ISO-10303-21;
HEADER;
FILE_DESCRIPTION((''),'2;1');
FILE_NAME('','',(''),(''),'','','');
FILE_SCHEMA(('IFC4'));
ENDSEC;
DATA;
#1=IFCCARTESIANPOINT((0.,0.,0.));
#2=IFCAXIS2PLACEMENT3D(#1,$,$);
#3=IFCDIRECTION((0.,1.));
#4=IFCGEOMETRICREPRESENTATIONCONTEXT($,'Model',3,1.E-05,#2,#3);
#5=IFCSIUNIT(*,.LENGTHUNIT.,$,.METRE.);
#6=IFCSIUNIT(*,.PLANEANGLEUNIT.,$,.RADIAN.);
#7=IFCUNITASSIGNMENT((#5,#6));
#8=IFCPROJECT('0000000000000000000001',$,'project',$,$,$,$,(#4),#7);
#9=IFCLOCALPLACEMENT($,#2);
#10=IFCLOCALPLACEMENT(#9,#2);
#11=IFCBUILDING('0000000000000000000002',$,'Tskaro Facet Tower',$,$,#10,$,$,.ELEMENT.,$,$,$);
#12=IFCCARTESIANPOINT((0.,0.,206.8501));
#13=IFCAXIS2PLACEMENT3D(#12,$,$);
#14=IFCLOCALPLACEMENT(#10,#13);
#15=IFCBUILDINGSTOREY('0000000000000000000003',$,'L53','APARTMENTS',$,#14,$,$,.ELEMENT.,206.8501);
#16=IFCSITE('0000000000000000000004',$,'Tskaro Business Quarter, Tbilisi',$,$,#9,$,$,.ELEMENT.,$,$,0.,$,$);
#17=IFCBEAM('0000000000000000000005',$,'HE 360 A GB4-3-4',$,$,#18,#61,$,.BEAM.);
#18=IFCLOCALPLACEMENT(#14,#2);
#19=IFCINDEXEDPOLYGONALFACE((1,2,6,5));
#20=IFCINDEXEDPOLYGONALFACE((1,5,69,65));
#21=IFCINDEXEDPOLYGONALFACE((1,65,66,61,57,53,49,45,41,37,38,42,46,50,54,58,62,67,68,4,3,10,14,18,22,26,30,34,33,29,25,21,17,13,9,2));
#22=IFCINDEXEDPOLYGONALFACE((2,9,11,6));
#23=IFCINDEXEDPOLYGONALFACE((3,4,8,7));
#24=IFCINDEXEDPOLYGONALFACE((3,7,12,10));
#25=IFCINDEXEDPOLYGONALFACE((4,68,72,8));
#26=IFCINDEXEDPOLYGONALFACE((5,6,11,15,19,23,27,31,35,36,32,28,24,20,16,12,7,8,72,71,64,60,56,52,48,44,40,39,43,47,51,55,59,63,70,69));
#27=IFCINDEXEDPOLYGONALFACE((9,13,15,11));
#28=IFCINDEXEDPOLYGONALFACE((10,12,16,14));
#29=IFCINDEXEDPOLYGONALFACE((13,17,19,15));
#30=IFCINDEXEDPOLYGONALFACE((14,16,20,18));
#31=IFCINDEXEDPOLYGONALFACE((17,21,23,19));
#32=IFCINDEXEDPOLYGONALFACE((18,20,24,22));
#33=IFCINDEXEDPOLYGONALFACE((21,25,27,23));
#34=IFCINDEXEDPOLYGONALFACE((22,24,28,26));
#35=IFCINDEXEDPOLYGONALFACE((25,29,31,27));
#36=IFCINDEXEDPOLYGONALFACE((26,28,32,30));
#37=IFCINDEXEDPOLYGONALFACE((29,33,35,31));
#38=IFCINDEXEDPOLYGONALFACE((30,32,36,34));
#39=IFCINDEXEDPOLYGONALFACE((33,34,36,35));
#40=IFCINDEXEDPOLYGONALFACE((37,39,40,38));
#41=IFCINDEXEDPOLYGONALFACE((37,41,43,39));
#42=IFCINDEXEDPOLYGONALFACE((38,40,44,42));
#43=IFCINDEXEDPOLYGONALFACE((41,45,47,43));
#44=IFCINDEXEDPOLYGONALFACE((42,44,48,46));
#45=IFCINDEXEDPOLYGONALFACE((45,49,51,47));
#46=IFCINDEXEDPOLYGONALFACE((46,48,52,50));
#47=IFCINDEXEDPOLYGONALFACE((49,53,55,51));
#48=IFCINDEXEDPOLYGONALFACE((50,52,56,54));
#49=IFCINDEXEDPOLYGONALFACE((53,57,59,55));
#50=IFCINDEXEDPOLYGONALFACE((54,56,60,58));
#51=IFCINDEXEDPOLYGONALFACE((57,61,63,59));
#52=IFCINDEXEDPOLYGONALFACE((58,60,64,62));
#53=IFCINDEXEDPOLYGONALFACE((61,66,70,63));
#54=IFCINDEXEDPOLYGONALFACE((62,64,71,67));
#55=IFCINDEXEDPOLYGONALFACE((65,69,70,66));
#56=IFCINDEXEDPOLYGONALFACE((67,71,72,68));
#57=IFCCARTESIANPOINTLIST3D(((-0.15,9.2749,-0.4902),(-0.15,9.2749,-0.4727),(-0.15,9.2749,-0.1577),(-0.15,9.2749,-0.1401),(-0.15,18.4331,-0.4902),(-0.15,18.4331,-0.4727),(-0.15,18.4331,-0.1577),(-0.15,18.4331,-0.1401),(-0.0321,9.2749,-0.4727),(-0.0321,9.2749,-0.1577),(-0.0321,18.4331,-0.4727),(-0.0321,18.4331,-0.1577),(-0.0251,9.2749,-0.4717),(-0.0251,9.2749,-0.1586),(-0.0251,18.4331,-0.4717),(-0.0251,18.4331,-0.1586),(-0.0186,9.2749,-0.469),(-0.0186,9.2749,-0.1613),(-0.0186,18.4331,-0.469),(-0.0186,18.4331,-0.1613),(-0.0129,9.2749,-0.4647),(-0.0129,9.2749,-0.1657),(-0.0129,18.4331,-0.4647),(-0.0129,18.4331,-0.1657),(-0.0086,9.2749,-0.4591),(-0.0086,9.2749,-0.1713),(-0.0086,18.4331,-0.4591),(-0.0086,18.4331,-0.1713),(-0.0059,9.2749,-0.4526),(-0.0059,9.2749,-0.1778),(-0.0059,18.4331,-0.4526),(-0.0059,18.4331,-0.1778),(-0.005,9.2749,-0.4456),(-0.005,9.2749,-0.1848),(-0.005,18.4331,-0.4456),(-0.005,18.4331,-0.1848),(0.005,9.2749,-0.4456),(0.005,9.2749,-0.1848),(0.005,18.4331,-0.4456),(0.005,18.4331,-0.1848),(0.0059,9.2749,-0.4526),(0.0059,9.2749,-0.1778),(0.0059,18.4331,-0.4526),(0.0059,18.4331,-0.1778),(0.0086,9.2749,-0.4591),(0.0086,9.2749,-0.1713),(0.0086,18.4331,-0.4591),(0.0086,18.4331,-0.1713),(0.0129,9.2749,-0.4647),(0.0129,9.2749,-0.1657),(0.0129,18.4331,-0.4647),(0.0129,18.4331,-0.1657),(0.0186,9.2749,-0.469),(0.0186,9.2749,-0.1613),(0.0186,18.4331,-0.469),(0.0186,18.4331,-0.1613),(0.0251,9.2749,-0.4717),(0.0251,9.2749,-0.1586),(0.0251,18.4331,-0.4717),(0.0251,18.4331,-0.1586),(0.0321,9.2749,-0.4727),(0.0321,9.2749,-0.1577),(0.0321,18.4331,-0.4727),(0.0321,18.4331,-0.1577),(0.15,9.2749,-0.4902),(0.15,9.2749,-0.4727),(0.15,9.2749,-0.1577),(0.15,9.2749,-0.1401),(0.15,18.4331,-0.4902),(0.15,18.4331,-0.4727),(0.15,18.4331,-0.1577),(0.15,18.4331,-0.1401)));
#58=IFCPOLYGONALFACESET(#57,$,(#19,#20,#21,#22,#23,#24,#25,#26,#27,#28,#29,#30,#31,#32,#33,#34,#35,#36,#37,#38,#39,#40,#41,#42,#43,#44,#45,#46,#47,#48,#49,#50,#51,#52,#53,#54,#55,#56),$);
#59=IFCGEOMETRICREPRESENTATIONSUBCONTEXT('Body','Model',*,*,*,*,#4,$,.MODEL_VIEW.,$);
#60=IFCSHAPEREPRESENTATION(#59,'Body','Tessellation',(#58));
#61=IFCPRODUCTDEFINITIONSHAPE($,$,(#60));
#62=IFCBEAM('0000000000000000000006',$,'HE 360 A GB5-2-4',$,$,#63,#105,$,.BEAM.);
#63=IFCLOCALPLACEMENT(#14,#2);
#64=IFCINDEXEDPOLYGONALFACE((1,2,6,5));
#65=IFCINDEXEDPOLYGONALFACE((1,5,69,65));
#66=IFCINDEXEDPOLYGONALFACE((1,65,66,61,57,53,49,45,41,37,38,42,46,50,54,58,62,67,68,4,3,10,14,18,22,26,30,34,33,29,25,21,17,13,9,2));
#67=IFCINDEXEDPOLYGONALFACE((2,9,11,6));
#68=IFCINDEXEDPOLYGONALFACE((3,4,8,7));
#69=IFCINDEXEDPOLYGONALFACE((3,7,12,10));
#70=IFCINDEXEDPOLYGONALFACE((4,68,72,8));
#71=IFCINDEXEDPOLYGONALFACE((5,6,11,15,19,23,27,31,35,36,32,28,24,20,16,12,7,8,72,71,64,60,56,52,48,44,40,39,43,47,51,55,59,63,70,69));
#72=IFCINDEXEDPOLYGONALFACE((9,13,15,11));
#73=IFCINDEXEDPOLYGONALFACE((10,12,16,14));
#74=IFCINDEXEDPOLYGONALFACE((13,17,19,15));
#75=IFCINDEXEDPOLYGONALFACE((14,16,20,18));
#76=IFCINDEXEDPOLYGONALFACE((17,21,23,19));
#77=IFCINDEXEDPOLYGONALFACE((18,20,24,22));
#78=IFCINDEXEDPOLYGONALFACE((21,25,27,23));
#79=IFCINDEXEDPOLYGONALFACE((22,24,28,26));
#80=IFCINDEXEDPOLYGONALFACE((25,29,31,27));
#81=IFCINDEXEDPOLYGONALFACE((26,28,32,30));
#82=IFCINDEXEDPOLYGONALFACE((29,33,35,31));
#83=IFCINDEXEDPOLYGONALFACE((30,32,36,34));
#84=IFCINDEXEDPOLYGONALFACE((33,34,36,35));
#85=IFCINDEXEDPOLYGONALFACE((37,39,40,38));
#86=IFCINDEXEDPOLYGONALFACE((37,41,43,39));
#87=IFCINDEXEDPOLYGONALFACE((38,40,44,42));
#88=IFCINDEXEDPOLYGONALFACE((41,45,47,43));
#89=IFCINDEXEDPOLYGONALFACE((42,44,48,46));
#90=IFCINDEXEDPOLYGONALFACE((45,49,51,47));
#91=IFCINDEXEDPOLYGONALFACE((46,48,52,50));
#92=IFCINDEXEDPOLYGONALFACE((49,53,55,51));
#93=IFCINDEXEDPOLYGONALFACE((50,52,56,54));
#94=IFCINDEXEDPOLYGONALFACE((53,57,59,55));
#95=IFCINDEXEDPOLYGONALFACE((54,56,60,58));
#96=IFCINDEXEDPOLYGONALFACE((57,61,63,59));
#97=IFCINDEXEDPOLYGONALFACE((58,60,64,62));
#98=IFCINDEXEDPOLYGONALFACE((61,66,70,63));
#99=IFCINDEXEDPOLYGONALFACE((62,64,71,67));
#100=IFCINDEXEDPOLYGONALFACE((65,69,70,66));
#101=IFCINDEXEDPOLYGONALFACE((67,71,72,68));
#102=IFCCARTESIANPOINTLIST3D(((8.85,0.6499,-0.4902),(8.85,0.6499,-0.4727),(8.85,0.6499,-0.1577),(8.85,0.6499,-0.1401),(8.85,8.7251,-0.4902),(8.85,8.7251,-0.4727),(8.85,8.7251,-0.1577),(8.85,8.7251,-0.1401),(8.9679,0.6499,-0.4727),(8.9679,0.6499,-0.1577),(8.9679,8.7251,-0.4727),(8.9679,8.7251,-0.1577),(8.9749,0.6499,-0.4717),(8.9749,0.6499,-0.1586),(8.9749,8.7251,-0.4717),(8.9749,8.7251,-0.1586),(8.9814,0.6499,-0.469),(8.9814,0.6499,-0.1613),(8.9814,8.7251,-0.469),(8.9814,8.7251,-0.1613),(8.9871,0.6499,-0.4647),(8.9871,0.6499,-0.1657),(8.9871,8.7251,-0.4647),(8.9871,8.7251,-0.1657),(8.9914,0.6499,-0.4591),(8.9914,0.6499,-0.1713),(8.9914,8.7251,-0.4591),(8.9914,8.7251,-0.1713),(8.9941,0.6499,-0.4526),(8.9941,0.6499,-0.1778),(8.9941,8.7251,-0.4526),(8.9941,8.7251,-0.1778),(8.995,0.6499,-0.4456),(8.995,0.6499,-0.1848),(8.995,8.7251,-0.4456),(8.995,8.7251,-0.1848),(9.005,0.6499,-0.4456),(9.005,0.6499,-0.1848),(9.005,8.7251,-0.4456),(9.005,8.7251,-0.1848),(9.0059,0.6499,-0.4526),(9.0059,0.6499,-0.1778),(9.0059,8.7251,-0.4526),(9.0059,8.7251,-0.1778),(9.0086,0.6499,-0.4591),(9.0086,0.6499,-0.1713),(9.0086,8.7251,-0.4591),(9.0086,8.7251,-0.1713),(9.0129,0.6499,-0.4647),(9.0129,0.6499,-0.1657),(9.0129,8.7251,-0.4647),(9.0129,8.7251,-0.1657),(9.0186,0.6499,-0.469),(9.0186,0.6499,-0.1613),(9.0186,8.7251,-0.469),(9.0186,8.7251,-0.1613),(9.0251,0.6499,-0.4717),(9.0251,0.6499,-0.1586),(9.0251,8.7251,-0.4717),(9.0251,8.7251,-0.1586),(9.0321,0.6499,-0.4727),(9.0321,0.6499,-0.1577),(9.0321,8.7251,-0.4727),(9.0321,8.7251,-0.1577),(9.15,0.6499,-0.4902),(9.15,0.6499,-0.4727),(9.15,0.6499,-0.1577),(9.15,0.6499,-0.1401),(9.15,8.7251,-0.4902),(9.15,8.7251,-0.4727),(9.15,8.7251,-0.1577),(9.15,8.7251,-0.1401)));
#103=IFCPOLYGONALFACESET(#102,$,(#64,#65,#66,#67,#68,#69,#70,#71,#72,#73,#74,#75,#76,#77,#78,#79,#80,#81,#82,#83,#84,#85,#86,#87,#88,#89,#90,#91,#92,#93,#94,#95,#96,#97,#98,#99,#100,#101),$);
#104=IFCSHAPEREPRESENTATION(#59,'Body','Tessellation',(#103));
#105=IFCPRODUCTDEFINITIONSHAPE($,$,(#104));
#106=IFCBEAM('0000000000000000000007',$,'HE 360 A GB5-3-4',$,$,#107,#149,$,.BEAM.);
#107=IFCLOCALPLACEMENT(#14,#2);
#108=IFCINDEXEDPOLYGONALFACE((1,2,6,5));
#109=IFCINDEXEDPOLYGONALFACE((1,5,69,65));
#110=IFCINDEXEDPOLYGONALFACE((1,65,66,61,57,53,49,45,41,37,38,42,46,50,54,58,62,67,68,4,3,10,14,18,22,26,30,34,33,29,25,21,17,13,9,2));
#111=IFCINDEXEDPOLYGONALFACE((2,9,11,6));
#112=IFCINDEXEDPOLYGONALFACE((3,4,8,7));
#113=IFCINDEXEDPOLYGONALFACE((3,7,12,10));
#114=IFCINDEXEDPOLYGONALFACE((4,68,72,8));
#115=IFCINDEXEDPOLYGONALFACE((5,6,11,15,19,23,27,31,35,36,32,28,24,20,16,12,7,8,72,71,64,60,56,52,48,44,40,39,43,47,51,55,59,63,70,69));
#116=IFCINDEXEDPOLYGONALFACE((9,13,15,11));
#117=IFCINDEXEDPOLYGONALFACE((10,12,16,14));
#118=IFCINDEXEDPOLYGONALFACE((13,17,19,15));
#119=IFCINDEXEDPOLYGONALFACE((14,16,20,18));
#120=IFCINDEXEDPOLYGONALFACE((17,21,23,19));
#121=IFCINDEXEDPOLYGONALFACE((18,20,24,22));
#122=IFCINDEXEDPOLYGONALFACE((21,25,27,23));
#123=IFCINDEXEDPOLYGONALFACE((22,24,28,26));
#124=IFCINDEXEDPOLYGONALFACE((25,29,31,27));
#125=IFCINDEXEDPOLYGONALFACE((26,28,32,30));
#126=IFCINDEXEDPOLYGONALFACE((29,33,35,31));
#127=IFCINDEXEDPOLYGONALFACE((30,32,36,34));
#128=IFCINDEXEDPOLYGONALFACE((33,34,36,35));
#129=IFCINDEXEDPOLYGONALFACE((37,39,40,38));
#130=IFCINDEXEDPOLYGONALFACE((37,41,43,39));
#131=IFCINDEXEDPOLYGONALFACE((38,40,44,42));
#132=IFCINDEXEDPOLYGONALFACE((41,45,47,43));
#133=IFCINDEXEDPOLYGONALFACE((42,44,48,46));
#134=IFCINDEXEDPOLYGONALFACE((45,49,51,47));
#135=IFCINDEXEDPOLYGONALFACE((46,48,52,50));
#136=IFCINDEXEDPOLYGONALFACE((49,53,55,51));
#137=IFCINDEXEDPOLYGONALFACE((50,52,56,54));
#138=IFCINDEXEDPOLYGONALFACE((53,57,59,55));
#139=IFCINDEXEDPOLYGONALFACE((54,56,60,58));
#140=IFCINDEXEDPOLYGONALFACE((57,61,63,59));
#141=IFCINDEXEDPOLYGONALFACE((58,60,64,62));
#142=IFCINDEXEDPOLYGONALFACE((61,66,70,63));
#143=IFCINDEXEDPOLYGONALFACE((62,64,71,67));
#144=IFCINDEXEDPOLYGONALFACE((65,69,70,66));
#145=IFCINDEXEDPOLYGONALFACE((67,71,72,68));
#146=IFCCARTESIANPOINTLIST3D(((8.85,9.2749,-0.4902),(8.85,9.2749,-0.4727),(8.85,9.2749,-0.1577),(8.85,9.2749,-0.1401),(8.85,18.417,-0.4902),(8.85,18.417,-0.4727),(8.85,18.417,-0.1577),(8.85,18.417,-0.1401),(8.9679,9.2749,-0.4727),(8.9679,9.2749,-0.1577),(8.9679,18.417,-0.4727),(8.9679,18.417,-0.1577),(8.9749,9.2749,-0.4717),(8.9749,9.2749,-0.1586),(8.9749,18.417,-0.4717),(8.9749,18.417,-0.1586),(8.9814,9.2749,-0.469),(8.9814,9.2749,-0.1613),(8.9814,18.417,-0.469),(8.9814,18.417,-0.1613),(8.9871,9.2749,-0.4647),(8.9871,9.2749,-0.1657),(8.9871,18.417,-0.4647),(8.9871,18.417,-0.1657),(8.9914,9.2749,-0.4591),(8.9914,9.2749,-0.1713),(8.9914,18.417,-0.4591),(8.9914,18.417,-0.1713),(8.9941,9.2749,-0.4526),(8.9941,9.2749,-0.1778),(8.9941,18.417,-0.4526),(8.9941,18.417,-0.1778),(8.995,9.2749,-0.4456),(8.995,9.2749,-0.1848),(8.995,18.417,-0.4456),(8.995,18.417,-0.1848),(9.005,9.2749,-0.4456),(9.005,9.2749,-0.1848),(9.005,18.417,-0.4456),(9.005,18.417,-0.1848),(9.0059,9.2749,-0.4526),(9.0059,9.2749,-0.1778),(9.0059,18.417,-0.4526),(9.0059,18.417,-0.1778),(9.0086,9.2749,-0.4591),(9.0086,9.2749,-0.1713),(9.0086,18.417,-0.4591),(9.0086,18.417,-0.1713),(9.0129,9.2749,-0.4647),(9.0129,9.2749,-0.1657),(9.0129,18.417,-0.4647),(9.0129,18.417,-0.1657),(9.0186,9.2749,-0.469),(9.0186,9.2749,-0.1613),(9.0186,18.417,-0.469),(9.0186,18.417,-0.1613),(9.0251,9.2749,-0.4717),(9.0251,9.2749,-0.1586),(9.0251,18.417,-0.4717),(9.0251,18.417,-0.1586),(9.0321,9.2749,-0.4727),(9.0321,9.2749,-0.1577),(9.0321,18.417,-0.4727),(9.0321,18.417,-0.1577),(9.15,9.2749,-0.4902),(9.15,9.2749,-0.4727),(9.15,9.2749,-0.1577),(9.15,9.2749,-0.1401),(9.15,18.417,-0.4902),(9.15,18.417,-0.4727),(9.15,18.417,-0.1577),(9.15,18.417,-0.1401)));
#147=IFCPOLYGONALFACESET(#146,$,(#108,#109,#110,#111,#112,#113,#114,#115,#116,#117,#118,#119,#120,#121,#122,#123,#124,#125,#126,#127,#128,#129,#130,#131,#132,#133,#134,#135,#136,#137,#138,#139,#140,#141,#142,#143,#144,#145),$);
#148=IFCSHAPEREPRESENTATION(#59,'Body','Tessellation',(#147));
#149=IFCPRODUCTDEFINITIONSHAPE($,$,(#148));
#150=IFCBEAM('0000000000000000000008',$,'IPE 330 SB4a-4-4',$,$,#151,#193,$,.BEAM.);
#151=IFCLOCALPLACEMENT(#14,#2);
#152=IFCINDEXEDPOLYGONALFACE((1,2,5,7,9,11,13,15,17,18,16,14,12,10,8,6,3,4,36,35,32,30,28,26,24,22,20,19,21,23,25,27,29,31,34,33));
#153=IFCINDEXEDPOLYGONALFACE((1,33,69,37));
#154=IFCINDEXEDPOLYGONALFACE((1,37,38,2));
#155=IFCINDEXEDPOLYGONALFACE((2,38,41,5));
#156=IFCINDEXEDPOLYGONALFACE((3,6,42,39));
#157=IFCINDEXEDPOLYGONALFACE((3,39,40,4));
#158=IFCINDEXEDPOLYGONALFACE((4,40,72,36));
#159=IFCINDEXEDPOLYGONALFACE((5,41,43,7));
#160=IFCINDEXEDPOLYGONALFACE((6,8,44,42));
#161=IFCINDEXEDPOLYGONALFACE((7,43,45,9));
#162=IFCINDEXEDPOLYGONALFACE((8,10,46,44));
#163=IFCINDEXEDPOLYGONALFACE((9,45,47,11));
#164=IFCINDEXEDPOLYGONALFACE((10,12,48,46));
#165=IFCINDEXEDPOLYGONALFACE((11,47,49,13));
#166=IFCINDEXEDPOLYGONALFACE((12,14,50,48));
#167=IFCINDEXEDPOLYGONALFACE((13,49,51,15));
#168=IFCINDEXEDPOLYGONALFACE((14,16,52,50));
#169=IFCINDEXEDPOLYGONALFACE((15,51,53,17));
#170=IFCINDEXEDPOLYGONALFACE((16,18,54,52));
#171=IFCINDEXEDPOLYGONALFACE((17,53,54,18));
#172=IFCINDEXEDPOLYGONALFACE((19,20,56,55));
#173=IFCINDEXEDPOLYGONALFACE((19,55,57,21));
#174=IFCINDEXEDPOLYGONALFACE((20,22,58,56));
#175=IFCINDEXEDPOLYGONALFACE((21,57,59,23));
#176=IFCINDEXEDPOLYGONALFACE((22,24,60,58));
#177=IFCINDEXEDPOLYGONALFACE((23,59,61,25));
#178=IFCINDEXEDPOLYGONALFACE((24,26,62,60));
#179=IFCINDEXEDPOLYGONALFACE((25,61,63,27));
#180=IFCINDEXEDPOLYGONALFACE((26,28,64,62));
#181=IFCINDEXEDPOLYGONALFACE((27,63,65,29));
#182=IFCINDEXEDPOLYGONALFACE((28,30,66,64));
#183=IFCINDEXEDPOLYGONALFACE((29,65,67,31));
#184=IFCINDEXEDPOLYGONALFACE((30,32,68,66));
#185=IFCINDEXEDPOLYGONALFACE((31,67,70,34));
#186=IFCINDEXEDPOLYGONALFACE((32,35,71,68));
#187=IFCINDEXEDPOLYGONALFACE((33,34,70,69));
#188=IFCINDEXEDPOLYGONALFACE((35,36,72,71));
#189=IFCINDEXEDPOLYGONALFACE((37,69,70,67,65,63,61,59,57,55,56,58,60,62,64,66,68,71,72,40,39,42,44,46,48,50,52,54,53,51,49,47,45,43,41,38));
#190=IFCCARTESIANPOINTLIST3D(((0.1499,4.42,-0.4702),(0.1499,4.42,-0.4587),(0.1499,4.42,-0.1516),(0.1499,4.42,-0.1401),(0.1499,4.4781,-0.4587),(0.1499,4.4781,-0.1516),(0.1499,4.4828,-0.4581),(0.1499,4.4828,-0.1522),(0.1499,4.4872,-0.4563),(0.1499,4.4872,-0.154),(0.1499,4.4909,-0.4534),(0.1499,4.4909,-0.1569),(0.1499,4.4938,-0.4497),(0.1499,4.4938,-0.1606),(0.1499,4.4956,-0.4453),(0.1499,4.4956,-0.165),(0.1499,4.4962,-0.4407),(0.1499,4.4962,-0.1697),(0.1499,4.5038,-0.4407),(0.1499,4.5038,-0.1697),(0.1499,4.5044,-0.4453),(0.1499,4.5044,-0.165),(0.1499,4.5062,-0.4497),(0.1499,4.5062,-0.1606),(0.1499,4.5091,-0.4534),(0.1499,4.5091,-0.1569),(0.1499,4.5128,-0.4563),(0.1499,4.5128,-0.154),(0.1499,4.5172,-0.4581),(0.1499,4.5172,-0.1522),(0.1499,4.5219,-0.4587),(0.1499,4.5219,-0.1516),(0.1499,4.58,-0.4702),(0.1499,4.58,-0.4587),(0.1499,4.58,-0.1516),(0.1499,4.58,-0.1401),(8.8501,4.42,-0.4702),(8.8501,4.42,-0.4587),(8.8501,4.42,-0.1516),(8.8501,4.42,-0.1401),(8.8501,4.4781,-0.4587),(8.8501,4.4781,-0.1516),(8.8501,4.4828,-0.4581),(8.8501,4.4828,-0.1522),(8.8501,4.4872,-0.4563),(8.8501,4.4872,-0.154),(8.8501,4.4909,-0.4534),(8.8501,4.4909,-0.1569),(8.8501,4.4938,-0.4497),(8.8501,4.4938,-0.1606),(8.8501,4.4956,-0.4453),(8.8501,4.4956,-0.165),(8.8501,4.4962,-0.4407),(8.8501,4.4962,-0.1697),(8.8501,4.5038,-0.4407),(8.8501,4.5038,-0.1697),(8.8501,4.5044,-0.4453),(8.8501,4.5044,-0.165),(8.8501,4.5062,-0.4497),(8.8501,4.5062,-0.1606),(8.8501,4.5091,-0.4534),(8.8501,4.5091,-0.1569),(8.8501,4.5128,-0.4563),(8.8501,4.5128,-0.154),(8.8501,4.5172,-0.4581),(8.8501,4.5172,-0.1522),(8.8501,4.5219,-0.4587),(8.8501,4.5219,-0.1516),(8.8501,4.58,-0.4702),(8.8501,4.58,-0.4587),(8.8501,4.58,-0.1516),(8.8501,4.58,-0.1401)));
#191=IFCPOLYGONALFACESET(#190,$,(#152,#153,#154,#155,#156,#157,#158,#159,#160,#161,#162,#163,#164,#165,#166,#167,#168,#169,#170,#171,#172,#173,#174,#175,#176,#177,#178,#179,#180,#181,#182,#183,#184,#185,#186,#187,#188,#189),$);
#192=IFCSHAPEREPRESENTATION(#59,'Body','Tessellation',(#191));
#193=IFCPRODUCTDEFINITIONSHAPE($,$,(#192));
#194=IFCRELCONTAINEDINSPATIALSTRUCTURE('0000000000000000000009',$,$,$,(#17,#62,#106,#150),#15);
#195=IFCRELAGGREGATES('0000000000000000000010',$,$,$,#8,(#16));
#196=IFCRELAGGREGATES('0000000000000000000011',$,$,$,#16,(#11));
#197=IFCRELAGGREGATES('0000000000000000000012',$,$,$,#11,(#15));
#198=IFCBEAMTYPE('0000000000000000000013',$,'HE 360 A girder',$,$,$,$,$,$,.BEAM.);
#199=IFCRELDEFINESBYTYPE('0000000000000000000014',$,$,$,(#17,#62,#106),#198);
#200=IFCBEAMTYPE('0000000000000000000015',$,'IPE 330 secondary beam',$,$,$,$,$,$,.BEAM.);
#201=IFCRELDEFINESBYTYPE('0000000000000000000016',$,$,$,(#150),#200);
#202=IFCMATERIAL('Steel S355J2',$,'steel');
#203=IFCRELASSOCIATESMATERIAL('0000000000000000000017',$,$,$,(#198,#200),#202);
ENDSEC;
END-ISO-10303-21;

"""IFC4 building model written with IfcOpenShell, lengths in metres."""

from ifc_helpers import new_model, si_unit, direction, frame, origin, origin_2d, place, context, subcontext, project, spatial, i_section, extrude, material, material_profile, profile_set, type_object, element, save


model = new_model("IFC4")

# Units and contexts
model_context = context("Model", 3, precision=1e-05, world=origin(), true_north=direction((0.0, 1.0)))
body_context = subcontext(model_context, "Body", "Model", "MODEL_VIEW")
ifc_project = project(units=[si_unit("LENGTHUNIT", "METRE"), si_unit("PLANEANGLEUNIT", "RADIAN")], contexts=[model_context])

# Site, building, storey
site_placement = place(None, origin())
site = spatial("IfcSite", under=ifc_project, at=site_placement, Name="Tskaro Business Quarter, Tbilisi", CompositionType="ELEMENT", RefElevation=0.0)
building_placement = place(site_placement, origin())
building = spatial("IfcBuilding", under=site, at=building_placement, Name="Tskaro Facet Tower", CompositionType="ELEMENT")
storey_placement = place(building_placement, frame((0.0, 0.0, 206.8501)))
storey = spatial("IfcBuildingStorey", under=building, at=storey_placement, Name="L53", Description="APARTMENTS", CompositionType="ELEMENT", Elevation=206.8501)

# Beams
ifc_material_1 = material(Name="Steel S355J2", Category="steel")
ifc_material_profile_1 = material_profile(ifc_material_1, i_section(OverallWidth=0.3, OverallDepth=0.3501, WebThickness=0.01, FlangeThickness=0.0176, FilletRadius=0.0271, at=origin_2d()), Name="HE 360 A")
ifc_profile_set_1 = profile_set([ifc_material_profile_1], Name="Steel S355J2")
beam_type_1 = type_object("IfcBeamType", Name="HE 360 A girder", PredefinedType="BEAM", material=ifc_profile_set_1)
beam_1_placement = place(storey_placement, frame((0.0, 9.2749, -0.3152), z_axis=(0.0, 1.0, 0.0), x_axis=(-1.0, 0.0, 0.0)))
element("IfcBeam", 1, at=beam_1_placement, inside=storey, type_object=beam_type_1, Name="HE 360 A GB4-3-4", PredefinedType="BEAM", context=body_context, shape_type="SweptSolid", body=[
    extrude(i_section(OverallWidth=0.3, OverallDepth=0.3501, WebThickness=0.01, FlangeThickness=0.0176, FilletRadius=0.0271, at=origin_2d()), origin(), (0.0, 0.0, 1.0), 9.1582),
])
beam_2_placement = place(storey_placement, frame((9.0, 0.6499, -0.3152), z_axis=(0.0, 1.0, 0.0), x_axis=(-1.0, 0.0, 0.0)))
element("IfcBeam", 2, at=beam_2_placement, inside=storey, type_object=beam_type_1, Name="HE 360 A GB5-2-4", PredefinedType="BEAM", context=body_context, shape_type="SweptSolid", body=[
    extrude(i_section(OverallWidth=0.3, OverallDepth=0.3501, WebThickness=0.01, FlangeThickness=0.0176, FilletRadius=0.0271, at=origin_2d()), origin(), (0.0, 0.0, 1.0), 8.0752),
])
beam_3_placement = place(storey_placement, frame((9.0, 9.2749, -0.3152), z_axis=(0.0, 1.0, 0.0), x_axis=(-1.0, 0.0, 0.0)))
element("IfcBeam", 3, at=beam_3_placement, inside=storey, type_object=beam_type_1, Name="HE 360 A GB5-3-4", PredefinedType="BEAM", context=body_context, shape_type="SweptSolid", body=[
    extrude(i_section(OverallWidth=0.3, OverallDepth=0.3501, WebThickness=0.01, FlangeThickness=0.0176, FilletRadius=0.0271, at=origin_2d()), origin(), (0.0, 0.0, 1.0), 9.1421),
])
ifc_material_profile_2 = material_profile(ifc_material_1, i_section(OverallWidth=0.1599, OverallDepth=0.3301, WebThickness=0.0076, FlangeThickness=0.0115, FilletRadius=0.0181, at=origin_2d()), Name="IPE 330")
ifc_profile_set_2 = profile_set([ifc_material_profile_2], Name="Steel S355J2")
beam_type_2 = type_object("IfcBeamType", Name="IPE 330 secondary beam", PredefinedType="BEAM", material=ifc_profile_set_2)
beam_4_placement = place(storey_placement, frame((0.1499, 4.5, -0.3052), z_axis=(1.0, 0.0, 0.0), x_axis=(0.0, 1.0, 0.0)))
element("IfcBeam", 4, at=beam_4_placement, inside=storey, type_object=beam_type_2, Name="IPE 330 SB4a-4-4", PredefinedType="BEAM", context=body_context, shape_type="SweptSolid", body=[
    extrude(i_section(OverallWidth=0.1599, OverallDepth=0.3301, WebThickness=0.0076, FlangeThickness=0.0115, FilletRadius=0.0181, at=origin_2d()), origin(), (0.0, 0.0, 1.0), 8.7002),
])

save(model, "model.ifc")
